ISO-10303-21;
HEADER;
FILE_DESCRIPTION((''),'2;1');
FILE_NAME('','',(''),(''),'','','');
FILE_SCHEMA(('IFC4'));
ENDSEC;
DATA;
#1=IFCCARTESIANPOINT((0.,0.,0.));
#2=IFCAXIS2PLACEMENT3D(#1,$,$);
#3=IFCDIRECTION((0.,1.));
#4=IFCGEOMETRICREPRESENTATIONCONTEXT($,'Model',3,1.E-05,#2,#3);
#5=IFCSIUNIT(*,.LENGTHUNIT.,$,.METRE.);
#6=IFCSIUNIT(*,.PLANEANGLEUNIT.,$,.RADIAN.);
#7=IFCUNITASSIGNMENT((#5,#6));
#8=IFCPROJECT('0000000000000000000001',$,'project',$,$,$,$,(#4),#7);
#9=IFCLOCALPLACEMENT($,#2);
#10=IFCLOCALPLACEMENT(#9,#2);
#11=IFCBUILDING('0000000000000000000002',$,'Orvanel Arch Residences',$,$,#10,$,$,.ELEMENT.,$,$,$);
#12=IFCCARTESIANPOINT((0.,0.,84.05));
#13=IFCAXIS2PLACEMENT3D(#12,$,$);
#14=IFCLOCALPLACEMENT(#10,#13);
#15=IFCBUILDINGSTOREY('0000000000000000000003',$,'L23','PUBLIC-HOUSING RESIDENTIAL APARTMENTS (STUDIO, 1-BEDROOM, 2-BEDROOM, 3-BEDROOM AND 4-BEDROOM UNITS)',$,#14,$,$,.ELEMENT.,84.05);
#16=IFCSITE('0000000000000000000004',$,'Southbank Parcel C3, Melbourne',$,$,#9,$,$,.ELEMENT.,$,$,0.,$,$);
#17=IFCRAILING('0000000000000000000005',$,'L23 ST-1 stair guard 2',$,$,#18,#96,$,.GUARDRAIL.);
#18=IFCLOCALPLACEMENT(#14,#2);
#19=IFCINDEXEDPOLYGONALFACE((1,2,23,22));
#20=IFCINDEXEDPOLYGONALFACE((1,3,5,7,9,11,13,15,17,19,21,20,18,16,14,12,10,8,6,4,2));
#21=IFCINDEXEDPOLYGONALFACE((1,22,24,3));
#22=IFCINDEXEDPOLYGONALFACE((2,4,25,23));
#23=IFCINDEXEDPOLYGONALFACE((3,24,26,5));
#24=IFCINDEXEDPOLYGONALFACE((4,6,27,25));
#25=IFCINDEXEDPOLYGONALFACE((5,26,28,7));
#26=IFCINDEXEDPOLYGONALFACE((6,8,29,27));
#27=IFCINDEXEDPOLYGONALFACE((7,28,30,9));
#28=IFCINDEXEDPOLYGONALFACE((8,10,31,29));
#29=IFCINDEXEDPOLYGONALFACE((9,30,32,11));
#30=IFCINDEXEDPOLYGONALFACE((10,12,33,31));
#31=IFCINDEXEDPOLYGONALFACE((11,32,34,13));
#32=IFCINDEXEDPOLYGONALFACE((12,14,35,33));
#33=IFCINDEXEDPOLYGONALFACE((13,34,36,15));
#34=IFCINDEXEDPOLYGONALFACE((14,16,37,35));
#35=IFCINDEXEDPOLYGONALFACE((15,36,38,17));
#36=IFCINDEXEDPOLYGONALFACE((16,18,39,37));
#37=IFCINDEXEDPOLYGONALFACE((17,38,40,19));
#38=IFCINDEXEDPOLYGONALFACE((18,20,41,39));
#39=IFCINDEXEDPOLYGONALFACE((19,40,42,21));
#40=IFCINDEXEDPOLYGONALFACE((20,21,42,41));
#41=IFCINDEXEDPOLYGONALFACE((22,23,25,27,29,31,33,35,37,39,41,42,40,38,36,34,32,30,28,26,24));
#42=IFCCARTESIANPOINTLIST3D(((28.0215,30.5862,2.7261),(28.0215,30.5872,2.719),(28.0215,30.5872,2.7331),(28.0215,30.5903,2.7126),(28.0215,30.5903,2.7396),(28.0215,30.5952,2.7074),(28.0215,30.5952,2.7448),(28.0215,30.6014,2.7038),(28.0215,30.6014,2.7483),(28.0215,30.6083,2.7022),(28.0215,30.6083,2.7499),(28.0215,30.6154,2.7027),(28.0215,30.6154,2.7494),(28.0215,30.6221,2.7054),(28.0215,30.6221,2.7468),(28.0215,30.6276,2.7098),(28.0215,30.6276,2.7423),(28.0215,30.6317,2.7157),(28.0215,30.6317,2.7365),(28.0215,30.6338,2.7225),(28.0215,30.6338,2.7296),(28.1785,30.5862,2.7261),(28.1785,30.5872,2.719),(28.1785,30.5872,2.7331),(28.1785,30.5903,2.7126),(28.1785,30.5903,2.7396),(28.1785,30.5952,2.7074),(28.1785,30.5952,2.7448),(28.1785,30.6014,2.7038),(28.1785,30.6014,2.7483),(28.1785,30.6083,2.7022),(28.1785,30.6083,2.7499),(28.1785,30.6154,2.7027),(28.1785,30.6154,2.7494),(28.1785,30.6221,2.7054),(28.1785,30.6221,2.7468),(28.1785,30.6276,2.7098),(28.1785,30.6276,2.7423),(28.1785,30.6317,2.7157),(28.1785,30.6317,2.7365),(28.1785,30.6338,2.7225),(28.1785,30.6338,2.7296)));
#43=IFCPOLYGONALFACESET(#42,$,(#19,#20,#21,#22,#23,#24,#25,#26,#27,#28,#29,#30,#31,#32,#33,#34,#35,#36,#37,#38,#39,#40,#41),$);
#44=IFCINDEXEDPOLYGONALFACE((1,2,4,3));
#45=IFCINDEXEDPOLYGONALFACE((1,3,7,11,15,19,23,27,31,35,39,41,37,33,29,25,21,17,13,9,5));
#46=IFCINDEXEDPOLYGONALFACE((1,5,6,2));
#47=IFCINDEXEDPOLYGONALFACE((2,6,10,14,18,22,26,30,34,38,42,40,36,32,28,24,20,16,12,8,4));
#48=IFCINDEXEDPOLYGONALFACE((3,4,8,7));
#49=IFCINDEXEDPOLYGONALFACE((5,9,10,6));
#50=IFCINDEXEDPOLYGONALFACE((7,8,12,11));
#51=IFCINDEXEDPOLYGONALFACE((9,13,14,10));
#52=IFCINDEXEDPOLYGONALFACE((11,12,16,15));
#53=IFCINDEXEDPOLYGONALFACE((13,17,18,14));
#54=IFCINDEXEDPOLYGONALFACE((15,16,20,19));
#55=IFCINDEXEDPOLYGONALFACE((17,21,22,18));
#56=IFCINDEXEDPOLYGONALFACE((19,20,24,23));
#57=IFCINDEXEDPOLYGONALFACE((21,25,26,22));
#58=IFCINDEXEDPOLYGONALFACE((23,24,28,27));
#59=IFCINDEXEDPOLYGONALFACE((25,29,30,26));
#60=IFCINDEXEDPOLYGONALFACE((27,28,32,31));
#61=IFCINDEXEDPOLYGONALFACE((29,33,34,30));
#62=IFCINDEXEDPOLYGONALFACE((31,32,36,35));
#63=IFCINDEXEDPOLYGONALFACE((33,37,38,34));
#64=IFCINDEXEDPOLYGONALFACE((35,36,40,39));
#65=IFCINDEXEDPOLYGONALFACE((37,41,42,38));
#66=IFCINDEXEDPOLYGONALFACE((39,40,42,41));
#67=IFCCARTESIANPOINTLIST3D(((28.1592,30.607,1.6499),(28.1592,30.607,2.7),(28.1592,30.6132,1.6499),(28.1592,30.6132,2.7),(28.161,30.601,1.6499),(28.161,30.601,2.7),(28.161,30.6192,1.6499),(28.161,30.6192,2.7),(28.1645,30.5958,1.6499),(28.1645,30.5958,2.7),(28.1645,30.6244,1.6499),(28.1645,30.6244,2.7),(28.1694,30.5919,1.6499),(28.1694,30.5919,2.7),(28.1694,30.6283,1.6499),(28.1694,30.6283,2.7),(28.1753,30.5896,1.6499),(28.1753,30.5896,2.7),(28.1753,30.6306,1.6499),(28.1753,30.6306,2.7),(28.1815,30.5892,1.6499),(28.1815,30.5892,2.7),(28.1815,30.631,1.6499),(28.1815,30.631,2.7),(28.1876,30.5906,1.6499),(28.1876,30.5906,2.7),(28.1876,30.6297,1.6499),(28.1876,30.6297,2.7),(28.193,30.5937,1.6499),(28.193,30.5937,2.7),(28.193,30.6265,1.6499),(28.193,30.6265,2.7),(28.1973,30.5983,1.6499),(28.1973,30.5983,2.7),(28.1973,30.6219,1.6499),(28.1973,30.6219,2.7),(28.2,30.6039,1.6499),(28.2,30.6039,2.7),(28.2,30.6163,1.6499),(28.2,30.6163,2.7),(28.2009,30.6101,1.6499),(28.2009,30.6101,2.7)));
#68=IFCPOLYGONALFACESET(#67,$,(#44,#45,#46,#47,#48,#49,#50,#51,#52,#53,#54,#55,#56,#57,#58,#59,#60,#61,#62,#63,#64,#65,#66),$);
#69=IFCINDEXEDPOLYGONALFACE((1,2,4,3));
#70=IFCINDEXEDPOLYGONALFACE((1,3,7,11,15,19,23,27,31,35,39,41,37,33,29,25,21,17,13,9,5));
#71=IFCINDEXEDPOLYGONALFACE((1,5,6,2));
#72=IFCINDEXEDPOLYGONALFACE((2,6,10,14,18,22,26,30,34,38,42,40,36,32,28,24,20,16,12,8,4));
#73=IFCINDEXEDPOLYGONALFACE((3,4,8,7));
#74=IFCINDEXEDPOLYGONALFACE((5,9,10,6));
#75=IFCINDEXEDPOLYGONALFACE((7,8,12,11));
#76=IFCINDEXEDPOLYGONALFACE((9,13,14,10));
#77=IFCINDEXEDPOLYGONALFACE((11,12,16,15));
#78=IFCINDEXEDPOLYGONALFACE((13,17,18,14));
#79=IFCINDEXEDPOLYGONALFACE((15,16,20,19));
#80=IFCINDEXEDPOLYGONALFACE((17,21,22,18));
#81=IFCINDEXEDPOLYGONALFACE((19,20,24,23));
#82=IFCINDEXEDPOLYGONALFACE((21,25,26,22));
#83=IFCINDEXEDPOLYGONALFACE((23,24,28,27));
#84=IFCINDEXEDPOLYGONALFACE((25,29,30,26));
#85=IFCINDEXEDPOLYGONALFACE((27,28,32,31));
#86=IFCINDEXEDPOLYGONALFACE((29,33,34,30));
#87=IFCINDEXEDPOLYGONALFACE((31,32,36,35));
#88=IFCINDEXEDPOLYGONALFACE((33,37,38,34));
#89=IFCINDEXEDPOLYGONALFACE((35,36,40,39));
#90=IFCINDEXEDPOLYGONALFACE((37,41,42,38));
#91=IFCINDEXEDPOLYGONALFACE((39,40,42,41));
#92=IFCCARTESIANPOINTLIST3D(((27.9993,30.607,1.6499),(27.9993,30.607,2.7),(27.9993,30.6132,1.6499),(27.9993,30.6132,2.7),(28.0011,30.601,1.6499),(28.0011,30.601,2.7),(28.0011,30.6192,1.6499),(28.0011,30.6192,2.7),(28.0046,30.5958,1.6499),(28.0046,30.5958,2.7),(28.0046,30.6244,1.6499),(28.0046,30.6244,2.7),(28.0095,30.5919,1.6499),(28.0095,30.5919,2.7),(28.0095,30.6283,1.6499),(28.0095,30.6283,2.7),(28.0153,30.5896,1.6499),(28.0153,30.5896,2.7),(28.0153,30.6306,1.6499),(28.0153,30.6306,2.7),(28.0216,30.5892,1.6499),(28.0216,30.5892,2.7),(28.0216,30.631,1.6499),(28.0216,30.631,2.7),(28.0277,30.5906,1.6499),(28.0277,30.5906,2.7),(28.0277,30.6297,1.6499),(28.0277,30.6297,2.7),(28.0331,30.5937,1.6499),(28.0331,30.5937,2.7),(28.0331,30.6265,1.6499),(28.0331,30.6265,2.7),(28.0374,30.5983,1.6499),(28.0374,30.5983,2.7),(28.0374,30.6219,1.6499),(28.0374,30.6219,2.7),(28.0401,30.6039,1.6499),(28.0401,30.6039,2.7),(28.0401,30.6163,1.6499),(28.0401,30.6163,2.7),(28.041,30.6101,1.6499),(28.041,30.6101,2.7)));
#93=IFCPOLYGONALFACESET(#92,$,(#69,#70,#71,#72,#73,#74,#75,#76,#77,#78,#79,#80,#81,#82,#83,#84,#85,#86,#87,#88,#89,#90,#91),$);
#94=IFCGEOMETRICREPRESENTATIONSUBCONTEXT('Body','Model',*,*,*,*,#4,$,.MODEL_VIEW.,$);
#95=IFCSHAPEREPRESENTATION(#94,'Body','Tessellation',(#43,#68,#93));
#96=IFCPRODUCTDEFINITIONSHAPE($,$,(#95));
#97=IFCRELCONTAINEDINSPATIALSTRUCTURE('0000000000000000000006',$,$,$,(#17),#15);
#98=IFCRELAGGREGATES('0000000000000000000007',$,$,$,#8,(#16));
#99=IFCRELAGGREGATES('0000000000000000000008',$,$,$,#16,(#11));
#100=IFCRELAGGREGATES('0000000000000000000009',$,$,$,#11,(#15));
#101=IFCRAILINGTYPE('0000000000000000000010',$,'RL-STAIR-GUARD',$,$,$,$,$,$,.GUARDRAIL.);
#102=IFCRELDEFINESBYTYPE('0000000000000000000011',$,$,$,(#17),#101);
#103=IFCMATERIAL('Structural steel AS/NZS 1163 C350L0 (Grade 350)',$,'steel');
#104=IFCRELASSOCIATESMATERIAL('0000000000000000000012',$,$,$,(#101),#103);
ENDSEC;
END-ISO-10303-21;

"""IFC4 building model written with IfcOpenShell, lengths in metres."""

from ifc_helpers import new_model, si_unit, direction, frame, origin, origin_2d, place, context, subcontext, project, spatial, circle, extrude, material, type_object, element, save


model = new_model("IFC4")

# Units and contexts
model_context = context("Model", 3, precision=1e-05, world=origin(), true_north=direction((0.0, 1.0)))
body_context = subcontext(model_context, "Body", "Model", "MODEL_VIEW")
ifc_project = project(units=[si_unit("LENGTHUNIT", "METRE"), si_unit("PLANEANGLEUNIT", "RADIAN")], contexts=[model_context])

# Site, building, storey
site_placement = place(None, origin())
site = spatial("IfcSite", under=ifc_project, at=site_placement, Name="Southbank Parcel C3, Melbourne", CompositionType="ELEMENT", RefElevation=0.0)
building_placement = place(site_placement, origin())
building = spatial("IfcBuilding", under=site, at=building_placement, Name="Orvanel Arch Residences", CompositionType="ELEMENT")
storey_placement = place(building_placement, frame((0.0, 0.0, 84.05)))
storey = spatial("IfcBuildingStorey", under=building, at=storey_placement, Name="L23", Description="PUBLIC-HOUSING RESIDENTIAL APARTMENTS (STUDIO, 1-BEDROOM, 2-BEDROOM, 3-BEDROOM AND 4-BEDROOM UNITS)", CompositionType="ELEMENT", Elevation=84.05)

# Railing
ifc_material_1 = material(Name="Structural steel AS/NZS 1163 C350L0 (Grade 350)", Category="steel")
railing_type_1 = type_object("IfcRailingType", Name="RL-STAIR-GUARD", PredefinedType="GUARDRAIL", material=ifc_material_1)
railing_1_placement = place(storey_placement, frame((28.1799, 30.6101, 1.6499)))
element("IfcRailing", 1, at=railing_1_placement, inside=storey, type_object=railing_type_1, Name="L23 ST-1 stair guard 2", PredefinedType="GUARDRAIL", context=body_context, shape_type="SweptSolid", body=[
    extrude(circle(Radius=0.0239, at=origin_2d()), frame((-0.0015, 0.0, 1.0762), z_axis=(-1.0, 0.0, 0.0), x_axis=(0.0, -1.0, 0.0)), (0.0, 0.0, 1.0), 0.157),
    extrude(circle(Radius=0.021, at=origin_2d()), origin(), (0.0, 0.0, 1.0), 1.05),
    extrude(circle(Radius=0.021, at=origin_2d()), frame((-0.1599, 0.0, 0.0)), (0.0, 0.0, 1.0), 1.05),
])

save(model, "model.ifc")
